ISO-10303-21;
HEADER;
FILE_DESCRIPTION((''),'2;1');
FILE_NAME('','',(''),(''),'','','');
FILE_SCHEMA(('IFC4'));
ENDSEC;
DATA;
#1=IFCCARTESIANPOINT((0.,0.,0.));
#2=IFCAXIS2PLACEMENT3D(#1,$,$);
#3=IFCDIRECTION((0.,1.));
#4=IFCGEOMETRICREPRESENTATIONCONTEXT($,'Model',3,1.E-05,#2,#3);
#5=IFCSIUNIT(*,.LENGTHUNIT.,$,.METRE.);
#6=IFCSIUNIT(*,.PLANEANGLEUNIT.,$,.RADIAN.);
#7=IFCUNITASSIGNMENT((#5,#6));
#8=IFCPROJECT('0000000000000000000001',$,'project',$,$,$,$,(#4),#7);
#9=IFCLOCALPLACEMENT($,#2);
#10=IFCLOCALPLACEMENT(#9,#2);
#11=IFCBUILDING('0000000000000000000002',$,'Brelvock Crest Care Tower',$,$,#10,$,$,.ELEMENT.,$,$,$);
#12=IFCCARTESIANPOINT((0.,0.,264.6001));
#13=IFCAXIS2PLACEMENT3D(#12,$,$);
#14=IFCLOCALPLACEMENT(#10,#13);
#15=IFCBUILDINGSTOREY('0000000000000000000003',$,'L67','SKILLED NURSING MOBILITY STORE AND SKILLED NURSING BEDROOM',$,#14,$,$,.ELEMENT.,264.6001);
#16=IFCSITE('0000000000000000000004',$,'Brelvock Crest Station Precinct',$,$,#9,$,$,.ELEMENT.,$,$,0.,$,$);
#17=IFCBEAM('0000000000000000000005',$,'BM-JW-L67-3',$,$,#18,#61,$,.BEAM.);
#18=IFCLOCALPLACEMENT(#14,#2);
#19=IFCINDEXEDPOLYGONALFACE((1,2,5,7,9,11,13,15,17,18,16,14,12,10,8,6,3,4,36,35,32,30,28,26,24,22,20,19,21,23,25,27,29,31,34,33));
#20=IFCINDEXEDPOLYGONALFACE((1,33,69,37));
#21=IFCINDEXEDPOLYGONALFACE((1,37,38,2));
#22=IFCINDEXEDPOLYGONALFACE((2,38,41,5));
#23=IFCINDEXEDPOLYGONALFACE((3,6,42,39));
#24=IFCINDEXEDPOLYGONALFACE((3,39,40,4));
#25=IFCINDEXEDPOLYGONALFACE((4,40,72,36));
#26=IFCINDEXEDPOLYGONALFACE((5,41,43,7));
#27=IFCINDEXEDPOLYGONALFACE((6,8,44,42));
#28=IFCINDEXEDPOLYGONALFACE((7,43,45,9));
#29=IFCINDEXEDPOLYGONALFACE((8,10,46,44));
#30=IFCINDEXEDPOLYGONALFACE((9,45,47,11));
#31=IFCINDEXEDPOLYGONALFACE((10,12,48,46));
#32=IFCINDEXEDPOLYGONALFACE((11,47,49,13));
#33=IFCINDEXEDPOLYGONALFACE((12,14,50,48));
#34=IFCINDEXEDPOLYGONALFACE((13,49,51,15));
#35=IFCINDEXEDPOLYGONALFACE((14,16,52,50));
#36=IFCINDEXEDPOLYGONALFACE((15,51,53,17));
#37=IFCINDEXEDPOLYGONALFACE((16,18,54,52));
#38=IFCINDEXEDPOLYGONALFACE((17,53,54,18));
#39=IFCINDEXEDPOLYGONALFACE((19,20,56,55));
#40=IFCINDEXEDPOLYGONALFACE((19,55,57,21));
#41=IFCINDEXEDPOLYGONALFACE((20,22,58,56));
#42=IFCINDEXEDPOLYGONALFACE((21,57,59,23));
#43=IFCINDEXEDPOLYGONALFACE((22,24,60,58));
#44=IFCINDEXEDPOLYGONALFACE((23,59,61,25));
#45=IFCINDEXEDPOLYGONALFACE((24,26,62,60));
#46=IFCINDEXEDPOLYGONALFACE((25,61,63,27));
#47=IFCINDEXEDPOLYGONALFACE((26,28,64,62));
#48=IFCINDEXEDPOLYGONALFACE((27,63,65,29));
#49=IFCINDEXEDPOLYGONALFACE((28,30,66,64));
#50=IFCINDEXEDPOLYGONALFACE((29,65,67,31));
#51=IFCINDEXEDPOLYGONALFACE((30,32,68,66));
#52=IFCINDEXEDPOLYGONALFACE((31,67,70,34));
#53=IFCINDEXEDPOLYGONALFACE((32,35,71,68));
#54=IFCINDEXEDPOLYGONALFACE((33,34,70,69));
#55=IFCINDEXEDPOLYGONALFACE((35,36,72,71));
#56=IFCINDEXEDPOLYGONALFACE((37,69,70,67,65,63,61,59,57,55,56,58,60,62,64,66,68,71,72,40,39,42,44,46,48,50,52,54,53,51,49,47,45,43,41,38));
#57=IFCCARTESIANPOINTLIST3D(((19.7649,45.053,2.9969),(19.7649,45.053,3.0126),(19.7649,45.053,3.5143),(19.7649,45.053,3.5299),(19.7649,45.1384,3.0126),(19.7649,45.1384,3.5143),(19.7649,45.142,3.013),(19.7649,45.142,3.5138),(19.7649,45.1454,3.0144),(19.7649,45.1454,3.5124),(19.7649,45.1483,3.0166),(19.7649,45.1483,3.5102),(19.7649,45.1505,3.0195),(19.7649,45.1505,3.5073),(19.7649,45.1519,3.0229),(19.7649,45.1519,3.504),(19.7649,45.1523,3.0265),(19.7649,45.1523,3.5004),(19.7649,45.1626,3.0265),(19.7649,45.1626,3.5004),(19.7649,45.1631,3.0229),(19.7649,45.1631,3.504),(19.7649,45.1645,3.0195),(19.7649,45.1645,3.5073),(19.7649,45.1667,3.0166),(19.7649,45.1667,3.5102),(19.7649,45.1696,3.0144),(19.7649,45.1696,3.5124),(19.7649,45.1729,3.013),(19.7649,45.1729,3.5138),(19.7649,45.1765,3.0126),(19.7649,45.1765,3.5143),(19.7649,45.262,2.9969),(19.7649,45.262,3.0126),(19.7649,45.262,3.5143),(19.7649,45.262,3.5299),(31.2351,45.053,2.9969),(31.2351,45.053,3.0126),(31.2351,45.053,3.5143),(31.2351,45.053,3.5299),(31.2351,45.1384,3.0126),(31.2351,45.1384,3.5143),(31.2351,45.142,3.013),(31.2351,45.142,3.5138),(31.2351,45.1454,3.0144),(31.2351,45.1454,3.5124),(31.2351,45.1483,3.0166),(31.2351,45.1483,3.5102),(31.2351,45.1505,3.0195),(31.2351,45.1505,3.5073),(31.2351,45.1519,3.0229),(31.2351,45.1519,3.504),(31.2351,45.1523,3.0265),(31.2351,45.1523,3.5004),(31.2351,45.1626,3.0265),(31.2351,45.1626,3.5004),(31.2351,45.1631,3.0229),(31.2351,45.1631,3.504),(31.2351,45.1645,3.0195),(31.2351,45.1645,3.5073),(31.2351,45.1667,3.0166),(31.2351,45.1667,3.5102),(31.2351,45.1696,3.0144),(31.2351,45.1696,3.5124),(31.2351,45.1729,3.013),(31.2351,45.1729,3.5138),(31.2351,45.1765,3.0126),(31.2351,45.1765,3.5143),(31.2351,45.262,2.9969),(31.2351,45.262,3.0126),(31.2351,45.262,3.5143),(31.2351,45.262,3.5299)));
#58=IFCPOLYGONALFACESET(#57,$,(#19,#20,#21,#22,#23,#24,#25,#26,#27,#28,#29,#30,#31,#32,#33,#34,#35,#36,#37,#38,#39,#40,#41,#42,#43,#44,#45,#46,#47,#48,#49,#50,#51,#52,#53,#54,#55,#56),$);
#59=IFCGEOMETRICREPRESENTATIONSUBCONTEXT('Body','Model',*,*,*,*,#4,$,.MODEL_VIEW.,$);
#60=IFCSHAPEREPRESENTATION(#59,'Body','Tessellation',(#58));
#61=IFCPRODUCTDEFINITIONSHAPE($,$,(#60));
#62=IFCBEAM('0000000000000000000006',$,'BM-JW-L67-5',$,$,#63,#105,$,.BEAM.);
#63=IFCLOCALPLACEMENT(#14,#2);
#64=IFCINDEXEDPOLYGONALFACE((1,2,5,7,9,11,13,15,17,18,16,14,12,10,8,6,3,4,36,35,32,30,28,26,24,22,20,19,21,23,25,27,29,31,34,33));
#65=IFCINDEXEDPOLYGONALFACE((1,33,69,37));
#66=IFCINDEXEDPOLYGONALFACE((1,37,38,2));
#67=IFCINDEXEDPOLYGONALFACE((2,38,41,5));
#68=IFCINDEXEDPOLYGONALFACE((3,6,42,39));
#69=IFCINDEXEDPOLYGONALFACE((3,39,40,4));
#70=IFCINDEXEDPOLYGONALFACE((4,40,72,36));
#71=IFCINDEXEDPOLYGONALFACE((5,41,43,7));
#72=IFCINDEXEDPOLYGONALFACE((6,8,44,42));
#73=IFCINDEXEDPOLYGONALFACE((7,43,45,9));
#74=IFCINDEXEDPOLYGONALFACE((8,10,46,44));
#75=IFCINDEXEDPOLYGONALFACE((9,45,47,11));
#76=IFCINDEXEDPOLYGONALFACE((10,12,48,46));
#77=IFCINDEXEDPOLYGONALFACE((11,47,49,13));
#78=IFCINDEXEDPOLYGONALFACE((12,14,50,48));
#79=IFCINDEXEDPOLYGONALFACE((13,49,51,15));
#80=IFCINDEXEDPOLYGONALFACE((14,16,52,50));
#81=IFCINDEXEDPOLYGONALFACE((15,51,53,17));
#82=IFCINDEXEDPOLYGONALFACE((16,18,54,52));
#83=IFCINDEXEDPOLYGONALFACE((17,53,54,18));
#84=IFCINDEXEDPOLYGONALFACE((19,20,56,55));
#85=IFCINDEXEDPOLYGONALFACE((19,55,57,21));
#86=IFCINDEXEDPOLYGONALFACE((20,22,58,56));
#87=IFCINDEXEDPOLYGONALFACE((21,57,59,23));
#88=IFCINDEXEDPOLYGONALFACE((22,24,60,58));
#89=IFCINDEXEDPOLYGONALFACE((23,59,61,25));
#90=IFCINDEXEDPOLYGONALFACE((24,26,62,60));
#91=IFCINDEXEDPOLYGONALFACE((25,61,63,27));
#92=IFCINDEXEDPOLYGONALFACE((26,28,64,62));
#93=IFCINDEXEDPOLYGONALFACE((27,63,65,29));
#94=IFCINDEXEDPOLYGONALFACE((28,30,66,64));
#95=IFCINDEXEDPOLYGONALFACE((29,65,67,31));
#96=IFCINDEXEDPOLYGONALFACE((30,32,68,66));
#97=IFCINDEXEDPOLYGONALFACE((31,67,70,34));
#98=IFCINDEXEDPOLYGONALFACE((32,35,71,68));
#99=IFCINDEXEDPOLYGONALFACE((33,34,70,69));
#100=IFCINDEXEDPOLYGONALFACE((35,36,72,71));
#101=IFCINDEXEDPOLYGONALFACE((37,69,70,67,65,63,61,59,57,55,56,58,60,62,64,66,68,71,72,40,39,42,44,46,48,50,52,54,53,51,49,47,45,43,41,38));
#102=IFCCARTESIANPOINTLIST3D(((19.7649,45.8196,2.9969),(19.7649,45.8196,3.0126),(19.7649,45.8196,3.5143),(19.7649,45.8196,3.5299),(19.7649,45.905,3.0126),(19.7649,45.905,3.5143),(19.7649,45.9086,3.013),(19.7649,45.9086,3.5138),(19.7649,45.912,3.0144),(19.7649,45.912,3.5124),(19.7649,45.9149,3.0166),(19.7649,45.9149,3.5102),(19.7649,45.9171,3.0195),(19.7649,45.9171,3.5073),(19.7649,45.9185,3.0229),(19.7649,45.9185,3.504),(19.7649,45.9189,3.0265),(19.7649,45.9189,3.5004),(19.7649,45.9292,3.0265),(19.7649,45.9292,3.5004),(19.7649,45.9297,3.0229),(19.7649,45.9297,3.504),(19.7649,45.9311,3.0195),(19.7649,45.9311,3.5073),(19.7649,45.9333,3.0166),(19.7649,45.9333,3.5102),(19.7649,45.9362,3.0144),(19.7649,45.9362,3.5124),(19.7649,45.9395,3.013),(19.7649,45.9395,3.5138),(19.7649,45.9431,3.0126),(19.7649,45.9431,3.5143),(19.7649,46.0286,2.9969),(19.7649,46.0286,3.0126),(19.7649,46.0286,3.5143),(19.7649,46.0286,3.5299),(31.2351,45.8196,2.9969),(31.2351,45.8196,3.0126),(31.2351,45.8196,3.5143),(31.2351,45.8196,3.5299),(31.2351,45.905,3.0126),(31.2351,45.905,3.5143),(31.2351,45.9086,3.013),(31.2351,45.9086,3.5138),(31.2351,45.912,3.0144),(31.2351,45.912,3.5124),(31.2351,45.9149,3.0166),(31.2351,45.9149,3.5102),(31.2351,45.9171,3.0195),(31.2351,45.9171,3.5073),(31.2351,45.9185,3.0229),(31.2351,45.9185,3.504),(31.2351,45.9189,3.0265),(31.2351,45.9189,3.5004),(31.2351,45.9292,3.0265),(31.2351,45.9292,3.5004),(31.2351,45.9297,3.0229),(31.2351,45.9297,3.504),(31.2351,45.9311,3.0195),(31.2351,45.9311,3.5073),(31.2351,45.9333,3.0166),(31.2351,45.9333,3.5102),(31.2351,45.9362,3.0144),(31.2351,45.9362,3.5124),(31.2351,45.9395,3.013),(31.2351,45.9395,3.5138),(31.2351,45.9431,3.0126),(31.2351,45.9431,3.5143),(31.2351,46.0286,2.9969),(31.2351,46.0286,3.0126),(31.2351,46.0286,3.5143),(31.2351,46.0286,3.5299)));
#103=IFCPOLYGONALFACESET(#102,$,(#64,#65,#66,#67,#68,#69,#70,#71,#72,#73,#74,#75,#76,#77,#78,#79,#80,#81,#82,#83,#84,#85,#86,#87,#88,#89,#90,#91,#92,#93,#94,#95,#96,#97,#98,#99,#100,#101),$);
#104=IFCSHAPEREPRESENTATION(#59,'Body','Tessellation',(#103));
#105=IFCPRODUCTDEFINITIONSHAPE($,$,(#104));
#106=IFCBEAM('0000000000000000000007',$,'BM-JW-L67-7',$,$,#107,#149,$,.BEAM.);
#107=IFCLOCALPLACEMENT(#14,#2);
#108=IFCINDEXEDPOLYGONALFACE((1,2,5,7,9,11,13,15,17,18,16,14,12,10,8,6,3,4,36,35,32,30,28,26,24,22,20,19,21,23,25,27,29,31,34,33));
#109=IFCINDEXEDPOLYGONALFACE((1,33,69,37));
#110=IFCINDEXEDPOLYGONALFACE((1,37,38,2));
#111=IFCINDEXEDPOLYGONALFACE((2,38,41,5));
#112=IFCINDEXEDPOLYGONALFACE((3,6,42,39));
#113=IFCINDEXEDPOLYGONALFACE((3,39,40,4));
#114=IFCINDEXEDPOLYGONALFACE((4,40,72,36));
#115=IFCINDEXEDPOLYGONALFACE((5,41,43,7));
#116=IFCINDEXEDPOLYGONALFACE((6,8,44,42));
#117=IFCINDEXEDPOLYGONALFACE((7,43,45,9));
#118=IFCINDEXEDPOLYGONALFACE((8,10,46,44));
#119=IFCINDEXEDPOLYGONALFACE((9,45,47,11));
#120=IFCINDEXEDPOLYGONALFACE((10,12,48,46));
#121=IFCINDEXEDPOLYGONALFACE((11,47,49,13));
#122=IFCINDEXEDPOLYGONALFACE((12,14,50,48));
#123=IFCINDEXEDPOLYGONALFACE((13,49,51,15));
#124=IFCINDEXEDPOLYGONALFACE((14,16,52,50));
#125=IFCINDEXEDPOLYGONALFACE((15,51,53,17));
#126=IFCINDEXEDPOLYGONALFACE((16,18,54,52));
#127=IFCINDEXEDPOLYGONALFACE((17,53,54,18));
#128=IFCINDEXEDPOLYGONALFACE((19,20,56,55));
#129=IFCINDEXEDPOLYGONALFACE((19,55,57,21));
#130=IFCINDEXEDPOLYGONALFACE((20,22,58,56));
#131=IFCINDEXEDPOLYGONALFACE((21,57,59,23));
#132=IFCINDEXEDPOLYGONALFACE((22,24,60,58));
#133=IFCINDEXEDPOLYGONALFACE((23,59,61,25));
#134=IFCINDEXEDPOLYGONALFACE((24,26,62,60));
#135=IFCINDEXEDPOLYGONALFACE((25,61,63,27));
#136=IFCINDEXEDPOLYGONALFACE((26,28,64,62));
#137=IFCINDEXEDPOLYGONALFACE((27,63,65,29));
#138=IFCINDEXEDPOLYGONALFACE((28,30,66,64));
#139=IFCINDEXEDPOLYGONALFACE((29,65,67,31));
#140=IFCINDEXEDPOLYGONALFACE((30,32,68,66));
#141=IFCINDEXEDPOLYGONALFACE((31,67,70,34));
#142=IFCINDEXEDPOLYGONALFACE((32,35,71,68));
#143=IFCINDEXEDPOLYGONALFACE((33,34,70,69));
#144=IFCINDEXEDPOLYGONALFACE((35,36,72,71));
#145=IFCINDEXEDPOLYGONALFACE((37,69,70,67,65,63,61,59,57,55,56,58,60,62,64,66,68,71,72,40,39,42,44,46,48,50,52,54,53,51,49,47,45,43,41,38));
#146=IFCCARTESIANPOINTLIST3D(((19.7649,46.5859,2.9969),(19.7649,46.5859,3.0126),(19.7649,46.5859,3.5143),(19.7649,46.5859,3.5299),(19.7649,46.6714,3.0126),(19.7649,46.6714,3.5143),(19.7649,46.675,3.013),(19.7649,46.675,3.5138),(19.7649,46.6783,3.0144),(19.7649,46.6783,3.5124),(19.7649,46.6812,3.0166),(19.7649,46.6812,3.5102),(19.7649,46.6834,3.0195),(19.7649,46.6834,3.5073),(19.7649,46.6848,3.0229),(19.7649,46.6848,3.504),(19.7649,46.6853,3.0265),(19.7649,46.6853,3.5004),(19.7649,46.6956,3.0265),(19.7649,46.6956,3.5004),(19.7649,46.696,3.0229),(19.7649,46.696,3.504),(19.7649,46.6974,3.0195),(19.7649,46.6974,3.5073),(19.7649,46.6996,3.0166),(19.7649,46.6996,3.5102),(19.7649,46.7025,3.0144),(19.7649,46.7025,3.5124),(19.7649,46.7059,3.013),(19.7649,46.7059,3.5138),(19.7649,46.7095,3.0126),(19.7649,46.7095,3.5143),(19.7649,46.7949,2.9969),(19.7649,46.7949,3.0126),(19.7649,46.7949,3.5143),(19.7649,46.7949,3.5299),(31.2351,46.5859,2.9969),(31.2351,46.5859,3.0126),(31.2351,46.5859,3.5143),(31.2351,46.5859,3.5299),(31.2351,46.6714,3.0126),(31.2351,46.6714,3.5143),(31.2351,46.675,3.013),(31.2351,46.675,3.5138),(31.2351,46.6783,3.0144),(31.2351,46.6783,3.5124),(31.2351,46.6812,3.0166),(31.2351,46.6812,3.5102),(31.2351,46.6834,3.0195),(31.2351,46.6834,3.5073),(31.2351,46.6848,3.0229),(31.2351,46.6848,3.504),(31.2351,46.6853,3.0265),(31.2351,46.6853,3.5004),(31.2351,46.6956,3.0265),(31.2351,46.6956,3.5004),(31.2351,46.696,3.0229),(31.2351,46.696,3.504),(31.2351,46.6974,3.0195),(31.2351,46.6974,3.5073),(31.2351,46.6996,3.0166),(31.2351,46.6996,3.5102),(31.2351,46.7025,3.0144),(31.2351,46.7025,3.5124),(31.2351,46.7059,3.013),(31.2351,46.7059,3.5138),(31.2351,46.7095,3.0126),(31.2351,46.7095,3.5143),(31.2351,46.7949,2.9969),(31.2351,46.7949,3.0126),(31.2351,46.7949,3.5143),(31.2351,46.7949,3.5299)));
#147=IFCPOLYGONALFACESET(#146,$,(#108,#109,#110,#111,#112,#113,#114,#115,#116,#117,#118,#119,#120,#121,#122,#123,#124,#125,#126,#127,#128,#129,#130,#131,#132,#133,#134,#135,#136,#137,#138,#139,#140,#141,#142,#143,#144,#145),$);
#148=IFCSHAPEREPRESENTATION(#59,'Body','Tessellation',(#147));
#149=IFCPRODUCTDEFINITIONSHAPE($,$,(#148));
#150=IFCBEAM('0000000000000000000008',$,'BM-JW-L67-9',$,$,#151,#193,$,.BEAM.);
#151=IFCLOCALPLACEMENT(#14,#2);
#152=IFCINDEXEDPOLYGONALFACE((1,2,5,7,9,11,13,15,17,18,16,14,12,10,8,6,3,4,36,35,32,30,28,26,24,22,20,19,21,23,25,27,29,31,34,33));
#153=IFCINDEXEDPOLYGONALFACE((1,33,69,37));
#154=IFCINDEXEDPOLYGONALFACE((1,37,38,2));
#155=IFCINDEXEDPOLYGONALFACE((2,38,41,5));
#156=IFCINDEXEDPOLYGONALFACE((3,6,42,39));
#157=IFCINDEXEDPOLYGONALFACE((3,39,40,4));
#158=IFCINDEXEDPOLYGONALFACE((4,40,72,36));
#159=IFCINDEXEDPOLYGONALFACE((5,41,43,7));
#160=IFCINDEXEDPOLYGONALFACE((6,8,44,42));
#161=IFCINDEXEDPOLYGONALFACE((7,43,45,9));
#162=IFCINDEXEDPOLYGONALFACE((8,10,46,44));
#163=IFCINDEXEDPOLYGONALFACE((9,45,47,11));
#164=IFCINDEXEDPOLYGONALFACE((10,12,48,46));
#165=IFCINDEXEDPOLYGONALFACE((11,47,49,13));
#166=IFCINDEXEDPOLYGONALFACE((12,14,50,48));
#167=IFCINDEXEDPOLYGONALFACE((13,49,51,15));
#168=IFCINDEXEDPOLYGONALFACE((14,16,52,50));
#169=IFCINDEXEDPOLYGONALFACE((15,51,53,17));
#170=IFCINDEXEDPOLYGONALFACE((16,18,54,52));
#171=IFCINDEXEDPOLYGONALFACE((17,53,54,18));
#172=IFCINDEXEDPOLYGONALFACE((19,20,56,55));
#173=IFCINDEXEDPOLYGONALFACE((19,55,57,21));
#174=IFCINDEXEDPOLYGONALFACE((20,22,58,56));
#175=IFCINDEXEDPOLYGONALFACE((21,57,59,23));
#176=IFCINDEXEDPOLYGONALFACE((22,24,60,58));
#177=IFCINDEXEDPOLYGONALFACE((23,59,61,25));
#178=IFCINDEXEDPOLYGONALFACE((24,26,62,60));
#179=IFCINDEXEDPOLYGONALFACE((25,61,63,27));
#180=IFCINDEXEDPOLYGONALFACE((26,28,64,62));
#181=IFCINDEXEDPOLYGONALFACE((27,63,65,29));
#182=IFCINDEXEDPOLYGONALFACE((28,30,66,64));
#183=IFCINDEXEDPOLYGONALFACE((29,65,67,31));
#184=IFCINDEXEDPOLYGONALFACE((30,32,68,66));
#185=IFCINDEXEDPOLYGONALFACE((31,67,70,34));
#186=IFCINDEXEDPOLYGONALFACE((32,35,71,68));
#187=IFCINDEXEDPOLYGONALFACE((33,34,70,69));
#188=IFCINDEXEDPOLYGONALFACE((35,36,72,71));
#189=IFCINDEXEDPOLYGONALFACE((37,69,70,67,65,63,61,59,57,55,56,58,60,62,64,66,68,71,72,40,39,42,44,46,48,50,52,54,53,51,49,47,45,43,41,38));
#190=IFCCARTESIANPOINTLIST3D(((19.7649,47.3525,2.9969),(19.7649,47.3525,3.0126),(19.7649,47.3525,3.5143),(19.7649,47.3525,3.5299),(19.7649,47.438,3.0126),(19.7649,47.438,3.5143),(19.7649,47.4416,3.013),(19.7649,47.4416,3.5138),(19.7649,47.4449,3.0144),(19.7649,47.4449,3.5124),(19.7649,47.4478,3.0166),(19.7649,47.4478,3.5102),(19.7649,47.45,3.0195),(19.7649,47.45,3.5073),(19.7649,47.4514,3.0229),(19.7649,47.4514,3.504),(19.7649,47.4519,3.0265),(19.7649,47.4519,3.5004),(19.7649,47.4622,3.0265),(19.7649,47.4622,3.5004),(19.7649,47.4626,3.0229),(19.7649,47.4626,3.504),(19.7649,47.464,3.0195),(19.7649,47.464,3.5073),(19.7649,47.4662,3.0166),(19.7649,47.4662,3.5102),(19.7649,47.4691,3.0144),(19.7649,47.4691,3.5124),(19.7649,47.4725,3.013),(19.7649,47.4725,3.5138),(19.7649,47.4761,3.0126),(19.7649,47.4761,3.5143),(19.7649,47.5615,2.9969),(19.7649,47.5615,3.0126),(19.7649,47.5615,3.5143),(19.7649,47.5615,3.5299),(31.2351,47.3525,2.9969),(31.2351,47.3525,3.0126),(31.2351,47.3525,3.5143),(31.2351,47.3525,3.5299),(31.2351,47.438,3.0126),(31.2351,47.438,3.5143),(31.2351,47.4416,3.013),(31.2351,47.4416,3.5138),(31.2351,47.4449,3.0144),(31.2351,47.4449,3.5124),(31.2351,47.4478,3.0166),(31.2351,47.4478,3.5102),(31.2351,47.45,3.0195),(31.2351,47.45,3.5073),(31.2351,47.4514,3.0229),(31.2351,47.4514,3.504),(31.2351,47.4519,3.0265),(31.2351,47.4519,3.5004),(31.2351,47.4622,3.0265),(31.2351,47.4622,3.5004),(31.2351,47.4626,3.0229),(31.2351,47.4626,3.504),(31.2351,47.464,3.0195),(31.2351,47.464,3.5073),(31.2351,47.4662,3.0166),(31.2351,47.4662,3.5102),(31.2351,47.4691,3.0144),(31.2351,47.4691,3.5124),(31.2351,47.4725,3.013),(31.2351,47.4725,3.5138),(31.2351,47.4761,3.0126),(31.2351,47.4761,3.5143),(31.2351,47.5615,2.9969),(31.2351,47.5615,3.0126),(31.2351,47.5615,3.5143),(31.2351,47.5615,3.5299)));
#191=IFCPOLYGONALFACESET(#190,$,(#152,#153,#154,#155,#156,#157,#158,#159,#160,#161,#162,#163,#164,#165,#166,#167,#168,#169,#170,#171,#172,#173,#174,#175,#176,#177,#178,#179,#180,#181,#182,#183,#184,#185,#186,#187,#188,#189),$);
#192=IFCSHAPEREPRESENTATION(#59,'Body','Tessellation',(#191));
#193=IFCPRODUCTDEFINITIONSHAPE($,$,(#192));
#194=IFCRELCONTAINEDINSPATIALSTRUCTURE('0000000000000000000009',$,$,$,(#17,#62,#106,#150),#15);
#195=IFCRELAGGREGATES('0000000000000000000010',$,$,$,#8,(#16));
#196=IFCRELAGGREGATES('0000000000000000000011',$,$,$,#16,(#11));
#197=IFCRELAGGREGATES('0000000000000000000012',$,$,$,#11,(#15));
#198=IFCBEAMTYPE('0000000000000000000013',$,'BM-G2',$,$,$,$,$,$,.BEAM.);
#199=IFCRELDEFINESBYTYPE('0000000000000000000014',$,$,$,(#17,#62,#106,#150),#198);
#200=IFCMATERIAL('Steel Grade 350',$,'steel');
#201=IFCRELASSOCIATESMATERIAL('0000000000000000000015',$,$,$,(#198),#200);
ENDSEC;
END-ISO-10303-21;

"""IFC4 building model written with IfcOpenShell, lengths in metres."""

from ifc_helpers import new_model, si_unit, direction, frame, origin, origin_2d, place, context, subcontext, project, spatial, i_section, extrude, source, transform, mapped, material, material_profile, profile_set, type_object, element, save


model = new_model("IFC4")

# Units and contexts
model_context = context("Model", 3, precision=1e-05, world=origin(), true_north=direction((0.0, 1.0)))
body_context = subcontext(model_context, "Body", "Model", "MODEL_VIEW")
ifc_project = project(units=[si_unit("LENGTHUNIT", "METRE"), si_unit("PLANEANGLEUNIT", "RADIAN")], contexts=[model_context])

# Site, building, storey
site_placement = place(None, origin())
site = spatial("IfcSite", under=ifc_project, at=site_placement, Name="Brelvock Crest Station Precinct", CompositionType="ELEMENT", RefElevation=0.0)
building_placement = place(site_placement, origin())
building = spatial("IfcBuilding", under=site, at=building_placement, Name="Brelvock Crest Care Tower", CompositionType="ELEMENT")
storey_placement = place(building_placement, frame((0.0, 0.0, 264.6001)))
storey = spatial("IfcBuildingStorey", under=building, at=storey_placement, Name="L67", Description="SKILLED NURSING MOBILITY STORE AND SKILLED NURSING BEDROOM", CompositionType="ELEMENT", Elevation=264.6001)

# Beams
ifc_material_1 = material(Name="Steel Grade 350", Category="steel")
ifc_material_profile_1 = material_profile(ifc_material_1, i_section(OverallWidth=0.209, OverallDepth=0.533, WebThickness=0.0103, FlangeThickness=0.0156, FilletRadius=0.0139, at=origin_2d()), Name="530UB92.4")
ifc_profile_set_1 = profile_set([ifc_material_profile_1], Name="Steel Grade 350")
beam_type_1 = type_object("IfcBeamType", Name="BM-G2", PredefinedType="BEAM", material=ifc_profile_set_1)
shared_shape_1 = source(origin(), body_context, "Body", "SweptSolid", [
    extrude(i_section(OverallWidth=0.209, OverallDepth=0.533, WebThickness=0.0103, FlangeThickness=0.0156, FilletRadius=0.0139, at=origin_2d()), origin(), (0.0, 0.0, 1.0), 11.4702),
])
for number, where, z_axis, x_axis, name in (
    (1, (19.7649, 45.1575, 3.2634), (1.0, 0.0, 0.0), (0.0, 1.0, 0.0), "BM-JW-L67-3"),
    (2, (19.7649, 45.9241, 3.2634), (1.0, 0.0, 0.0), (0.0, 1.0, 0.0), "BM-JW-L67-5"),
    (3, (19.7649, 46.6904, 3.2634), (1.0, 0.0, 0.0), (0.0, 1.0, 0.0), "BM-JW-L67-7"),
    (4, (19.7649, 47.457, 3.2634), (1.0, 0.0, 0.0), (0.0, 1.0, 0.0), "BM-JW-L67-9"),
):
    element("IfcBeam", number, at=place(storey_placement, frame(where, z_axis=z_axis, x_axis=x_axis)), inside=storey, type_object=beam_type_1, Name=name, PredefinedType="BEAM", context=body_context, shape_type="MappedRepresentation", body=[
        mapped(shared_shape_1, transform((0.0, 0.0, 0.0), x_axis=(1.0, 0.0, 0.0), y_axis=(0.0, 1.0, 0.0), z_axis=(0.0, 0.0, 1.0), scale=1.0)),
    ])

save(model, "model.ifc")
